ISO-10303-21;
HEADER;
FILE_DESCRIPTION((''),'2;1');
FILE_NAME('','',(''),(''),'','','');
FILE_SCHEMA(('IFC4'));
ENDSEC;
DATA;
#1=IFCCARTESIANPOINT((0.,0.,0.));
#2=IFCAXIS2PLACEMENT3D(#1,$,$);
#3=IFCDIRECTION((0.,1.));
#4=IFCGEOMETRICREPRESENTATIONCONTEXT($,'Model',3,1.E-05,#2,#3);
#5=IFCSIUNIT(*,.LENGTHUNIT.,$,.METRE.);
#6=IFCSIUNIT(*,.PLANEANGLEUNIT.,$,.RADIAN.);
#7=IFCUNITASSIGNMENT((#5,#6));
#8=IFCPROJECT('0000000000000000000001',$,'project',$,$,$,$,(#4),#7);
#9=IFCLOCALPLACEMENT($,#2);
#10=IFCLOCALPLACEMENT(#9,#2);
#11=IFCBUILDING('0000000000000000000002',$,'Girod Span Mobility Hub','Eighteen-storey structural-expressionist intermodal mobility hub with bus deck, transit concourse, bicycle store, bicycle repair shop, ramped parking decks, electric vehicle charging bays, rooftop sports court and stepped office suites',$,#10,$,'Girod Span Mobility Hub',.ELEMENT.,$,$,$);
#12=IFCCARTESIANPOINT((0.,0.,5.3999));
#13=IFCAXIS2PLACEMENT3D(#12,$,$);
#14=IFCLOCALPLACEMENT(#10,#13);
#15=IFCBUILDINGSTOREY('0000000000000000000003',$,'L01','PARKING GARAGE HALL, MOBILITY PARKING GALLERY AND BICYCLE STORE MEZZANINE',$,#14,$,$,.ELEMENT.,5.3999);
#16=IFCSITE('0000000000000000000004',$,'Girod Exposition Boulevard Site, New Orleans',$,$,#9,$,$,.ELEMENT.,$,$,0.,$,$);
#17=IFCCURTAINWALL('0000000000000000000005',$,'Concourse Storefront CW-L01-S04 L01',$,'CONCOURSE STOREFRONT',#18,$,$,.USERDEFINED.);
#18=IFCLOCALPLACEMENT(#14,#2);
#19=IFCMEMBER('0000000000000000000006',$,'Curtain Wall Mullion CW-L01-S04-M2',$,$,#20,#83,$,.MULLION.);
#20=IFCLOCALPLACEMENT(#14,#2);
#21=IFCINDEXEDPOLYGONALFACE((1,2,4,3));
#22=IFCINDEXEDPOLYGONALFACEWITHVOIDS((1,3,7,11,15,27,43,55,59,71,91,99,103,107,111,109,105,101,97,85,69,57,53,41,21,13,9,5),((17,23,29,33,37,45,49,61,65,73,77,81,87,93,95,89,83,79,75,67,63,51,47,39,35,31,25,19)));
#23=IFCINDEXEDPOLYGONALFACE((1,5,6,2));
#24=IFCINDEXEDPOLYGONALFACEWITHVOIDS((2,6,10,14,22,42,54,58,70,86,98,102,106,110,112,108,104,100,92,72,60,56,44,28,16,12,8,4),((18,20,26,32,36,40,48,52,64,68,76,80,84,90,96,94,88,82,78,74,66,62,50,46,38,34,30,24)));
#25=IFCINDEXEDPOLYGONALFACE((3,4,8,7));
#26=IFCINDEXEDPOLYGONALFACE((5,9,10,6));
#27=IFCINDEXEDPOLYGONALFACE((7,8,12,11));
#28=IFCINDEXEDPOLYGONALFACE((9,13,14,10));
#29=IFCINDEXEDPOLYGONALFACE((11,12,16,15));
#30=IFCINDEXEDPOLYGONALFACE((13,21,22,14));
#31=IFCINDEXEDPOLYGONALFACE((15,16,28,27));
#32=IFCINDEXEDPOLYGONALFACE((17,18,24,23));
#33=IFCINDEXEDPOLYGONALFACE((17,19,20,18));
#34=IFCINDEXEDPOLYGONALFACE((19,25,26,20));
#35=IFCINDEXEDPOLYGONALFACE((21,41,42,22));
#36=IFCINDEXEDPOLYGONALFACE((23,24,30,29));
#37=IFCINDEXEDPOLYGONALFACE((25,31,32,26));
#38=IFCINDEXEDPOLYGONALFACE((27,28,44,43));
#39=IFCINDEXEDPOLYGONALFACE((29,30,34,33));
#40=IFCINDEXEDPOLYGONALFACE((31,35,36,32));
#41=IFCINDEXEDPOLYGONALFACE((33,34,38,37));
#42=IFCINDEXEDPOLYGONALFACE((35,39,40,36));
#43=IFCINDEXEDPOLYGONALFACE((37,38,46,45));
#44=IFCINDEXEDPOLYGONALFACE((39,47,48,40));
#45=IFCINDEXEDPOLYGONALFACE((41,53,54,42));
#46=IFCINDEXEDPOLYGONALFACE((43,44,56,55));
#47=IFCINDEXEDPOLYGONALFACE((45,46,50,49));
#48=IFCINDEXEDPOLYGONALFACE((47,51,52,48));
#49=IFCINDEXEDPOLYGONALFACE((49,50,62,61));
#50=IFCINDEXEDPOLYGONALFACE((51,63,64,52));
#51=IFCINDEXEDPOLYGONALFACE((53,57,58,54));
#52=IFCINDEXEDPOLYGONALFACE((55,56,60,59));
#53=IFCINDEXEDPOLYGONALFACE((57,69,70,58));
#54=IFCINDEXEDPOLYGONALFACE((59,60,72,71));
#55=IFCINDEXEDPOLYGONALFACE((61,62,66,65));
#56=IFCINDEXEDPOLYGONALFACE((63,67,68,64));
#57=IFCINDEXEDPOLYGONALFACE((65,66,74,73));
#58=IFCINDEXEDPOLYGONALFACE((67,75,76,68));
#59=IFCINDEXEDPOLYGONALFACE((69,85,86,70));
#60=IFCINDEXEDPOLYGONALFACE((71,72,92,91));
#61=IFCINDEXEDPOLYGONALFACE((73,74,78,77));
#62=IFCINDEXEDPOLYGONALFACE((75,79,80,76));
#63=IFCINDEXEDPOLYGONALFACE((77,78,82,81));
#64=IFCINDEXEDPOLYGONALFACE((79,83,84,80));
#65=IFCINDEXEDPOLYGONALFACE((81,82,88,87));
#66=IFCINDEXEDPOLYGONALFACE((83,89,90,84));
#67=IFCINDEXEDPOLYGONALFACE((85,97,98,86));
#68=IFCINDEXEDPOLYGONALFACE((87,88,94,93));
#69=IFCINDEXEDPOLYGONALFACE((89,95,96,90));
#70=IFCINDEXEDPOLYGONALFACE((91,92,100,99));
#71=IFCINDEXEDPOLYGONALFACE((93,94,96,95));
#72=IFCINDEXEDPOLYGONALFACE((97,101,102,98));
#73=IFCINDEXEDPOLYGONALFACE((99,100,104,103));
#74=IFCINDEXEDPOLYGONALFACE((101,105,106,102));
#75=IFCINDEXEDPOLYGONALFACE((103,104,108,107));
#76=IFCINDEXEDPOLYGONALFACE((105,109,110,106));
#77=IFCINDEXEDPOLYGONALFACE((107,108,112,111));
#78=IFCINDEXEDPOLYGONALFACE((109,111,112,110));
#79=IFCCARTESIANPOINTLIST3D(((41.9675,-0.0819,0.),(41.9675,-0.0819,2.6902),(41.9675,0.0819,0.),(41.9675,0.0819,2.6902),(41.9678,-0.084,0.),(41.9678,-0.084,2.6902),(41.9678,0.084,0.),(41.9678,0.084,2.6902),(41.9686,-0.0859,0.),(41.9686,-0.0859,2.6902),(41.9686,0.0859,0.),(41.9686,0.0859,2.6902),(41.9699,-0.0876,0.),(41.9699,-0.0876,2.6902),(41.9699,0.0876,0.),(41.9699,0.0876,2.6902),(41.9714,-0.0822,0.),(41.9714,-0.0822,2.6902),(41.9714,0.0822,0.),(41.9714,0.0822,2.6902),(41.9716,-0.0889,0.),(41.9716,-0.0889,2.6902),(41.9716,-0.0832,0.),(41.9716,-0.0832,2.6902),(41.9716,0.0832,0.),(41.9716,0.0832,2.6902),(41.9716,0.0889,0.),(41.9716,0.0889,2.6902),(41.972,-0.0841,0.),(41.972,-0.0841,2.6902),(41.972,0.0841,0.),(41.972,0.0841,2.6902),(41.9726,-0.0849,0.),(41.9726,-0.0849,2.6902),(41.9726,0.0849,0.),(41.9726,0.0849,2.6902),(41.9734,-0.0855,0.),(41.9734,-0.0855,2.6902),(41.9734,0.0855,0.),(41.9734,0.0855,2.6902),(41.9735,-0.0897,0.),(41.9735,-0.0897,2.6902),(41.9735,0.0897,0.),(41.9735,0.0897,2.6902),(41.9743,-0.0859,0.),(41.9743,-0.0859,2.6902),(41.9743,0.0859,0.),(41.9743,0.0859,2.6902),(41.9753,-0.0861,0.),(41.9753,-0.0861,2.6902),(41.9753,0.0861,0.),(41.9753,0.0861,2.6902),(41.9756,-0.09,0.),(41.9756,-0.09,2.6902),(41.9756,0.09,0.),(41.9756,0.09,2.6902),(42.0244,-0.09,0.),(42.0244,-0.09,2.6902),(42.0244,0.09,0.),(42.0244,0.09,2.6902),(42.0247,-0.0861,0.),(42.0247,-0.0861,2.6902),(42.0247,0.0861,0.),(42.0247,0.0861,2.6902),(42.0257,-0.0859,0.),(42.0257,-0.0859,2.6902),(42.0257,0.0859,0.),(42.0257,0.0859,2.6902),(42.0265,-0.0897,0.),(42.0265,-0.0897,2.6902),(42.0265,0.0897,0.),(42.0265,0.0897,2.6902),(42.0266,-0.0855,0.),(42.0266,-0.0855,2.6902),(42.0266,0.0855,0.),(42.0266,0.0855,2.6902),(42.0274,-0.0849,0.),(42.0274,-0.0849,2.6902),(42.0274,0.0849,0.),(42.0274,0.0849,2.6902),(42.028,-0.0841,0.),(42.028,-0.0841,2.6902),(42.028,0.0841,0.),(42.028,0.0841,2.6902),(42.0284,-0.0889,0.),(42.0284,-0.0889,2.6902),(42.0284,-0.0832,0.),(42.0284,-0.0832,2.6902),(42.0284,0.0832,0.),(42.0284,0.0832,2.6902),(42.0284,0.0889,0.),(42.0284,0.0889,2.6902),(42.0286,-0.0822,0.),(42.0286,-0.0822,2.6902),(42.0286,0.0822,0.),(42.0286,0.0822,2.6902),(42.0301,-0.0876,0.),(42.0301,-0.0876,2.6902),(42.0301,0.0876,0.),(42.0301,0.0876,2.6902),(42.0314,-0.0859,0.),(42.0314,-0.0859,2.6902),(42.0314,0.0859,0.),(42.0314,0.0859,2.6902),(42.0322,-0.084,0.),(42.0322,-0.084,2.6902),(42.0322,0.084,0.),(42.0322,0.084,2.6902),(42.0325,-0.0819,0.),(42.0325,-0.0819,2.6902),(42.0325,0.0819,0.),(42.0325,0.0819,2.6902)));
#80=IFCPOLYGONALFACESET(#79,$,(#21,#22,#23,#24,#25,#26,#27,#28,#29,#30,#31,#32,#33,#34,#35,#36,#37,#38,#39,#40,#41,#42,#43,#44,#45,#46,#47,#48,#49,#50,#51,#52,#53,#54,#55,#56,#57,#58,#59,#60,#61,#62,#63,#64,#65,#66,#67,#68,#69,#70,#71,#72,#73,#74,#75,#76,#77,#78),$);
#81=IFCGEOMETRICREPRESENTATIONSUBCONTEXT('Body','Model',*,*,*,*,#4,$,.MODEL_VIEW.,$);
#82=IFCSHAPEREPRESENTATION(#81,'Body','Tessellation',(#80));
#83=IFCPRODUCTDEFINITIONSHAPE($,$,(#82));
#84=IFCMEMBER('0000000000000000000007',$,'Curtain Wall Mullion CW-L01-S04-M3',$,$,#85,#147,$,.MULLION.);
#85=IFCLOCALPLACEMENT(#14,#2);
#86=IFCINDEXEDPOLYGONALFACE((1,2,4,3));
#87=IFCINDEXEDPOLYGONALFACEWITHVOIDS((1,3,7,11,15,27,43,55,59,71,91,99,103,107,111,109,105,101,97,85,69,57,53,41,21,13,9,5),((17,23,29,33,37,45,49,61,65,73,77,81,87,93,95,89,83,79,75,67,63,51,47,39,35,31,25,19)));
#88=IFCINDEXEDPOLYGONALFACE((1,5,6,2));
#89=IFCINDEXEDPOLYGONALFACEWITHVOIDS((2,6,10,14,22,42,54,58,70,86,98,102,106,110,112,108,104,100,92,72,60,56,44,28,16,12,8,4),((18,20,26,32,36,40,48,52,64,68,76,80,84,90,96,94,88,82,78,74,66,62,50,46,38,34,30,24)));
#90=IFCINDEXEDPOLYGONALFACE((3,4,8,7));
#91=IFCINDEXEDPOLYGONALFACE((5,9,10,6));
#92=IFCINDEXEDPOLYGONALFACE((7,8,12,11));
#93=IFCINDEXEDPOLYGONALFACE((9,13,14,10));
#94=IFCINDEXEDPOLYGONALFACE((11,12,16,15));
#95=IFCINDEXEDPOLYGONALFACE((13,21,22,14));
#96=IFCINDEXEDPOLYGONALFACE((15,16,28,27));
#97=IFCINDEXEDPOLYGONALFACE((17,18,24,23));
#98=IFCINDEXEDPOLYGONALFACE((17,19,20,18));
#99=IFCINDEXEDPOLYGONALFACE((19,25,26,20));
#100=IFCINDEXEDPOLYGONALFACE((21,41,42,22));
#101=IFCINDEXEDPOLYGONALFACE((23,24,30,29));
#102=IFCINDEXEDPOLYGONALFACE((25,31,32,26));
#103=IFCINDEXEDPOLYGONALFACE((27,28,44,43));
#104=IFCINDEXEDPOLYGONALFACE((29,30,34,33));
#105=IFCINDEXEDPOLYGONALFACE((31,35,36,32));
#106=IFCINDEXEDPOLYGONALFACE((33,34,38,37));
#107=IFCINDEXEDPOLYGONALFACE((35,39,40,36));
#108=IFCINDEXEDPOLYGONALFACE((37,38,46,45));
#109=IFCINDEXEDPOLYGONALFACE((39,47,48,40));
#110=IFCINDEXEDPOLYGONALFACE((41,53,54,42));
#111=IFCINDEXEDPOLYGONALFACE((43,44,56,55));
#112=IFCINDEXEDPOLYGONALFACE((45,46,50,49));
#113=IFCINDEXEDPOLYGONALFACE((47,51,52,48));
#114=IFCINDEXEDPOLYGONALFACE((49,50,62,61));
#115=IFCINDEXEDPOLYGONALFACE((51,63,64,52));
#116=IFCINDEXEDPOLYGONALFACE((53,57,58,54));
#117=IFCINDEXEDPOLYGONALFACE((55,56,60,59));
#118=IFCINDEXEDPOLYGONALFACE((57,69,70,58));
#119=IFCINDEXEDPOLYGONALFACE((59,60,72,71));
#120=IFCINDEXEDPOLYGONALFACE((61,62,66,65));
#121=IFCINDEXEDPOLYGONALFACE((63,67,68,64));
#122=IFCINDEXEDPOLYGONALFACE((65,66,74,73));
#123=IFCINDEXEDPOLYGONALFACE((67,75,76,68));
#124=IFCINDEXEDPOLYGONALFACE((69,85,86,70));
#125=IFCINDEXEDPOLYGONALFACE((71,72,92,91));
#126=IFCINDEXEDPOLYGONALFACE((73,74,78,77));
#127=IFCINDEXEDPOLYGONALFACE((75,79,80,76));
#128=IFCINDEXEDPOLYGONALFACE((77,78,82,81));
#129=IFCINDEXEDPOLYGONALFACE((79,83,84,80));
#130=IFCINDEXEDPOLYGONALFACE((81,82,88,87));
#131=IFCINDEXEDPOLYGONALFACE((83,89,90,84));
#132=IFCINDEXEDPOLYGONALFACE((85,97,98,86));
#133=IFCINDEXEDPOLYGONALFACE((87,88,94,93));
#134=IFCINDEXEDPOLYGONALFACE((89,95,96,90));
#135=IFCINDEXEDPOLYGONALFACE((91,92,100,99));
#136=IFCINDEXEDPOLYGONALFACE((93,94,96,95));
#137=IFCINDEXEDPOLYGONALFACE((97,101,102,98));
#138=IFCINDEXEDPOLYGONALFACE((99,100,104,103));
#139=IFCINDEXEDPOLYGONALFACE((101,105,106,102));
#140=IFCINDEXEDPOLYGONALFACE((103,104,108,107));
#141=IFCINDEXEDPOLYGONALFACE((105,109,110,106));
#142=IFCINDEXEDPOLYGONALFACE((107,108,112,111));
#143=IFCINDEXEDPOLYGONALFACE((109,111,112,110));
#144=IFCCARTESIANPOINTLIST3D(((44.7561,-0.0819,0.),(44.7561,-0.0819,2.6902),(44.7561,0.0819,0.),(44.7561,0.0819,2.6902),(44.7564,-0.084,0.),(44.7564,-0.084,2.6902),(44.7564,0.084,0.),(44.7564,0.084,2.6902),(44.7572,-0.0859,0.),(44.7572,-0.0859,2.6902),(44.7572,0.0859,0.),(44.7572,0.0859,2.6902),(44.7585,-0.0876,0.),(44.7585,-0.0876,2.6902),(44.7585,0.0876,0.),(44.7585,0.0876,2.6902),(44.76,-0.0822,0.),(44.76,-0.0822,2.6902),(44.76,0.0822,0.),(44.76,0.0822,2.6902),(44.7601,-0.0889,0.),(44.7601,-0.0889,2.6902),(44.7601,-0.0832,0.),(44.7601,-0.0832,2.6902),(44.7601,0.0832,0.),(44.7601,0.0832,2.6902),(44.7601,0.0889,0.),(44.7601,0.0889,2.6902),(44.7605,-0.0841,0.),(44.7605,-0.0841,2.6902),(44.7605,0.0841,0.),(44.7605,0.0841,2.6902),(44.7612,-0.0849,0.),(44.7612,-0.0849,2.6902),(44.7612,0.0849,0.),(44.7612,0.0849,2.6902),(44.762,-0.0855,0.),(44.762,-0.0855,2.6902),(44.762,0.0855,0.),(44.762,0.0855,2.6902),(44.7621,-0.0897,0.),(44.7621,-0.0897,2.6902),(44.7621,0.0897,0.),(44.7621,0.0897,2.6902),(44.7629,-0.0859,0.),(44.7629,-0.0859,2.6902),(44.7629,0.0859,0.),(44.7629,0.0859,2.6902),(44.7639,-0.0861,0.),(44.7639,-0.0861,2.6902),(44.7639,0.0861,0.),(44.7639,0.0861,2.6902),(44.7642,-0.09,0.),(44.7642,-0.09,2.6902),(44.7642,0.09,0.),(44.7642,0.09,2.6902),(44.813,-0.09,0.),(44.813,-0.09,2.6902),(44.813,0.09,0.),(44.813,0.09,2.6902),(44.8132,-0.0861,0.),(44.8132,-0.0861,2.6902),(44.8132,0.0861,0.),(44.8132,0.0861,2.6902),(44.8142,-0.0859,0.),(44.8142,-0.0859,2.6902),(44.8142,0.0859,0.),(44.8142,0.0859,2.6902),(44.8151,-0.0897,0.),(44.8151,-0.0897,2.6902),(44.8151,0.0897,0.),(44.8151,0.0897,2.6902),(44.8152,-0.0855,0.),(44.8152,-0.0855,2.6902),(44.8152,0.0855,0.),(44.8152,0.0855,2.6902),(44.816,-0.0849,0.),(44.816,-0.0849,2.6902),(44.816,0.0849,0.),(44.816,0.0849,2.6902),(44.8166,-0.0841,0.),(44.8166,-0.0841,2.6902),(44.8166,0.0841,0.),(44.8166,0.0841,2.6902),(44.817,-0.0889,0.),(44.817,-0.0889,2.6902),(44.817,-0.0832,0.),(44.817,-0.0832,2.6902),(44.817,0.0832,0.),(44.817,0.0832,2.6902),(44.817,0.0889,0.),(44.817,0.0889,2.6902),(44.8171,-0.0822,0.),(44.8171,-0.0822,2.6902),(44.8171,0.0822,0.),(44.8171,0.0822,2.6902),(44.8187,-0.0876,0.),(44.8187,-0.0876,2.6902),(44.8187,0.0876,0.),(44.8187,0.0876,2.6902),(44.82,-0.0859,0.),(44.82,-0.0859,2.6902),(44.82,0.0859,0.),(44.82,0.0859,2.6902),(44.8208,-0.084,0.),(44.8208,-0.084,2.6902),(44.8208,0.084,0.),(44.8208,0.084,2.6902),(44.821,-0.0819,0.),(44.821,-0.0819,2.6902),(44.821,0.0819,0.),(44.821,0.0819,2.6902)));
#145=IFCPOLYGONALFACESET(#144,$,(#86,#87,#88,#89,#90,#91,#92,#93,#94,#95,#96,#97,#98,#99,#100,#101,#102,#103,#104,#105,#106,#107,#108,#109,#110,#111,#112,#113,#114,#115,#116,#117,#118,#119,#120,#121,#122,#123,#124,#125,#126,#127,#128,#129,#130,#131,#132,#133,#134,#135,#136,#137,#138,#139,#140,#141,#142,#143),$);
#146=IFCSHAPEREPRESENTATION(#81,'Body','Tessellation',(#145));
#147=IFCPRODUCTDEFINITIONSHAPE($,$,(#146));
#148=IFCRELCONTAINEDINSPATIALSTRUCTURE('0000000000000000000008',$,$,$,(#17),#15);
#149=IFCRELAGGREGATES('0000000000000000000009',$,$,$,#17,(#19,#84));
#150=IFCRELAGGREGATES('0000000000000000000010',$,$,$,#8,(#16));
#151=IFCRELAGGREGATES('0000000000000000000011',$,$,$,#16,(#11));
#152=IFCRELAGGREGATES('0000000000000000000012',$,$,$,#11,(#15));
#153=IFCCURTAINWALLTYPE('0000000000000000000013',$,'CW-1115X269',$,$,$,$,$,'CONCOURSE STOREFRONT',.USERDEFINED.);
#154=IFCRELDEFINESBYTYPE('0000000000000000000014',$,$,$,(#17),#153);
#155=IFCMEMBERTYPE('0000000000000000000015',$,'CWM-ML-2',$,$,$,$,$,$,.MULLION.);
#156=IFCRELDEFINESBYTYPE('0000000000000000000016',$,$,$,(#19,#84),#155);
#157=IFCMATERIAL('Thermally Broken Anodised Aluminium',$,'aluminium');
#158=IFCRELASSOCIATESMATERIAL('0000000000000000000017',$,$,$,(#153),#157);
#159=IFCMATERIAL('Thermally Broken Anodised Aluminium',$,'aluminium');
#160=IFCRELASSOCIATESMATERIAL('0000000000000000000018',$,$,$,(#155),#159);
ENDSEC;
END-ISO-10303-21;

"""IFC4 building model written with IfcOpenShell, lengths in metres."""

from ifc_helpers import new_model, si_unit, direction, frame, origin, origin_2d, place, context, subcontext, project, spatial, hollow_rectangle, extrude, material, material_profile, profile_set, type_object, element, aggregate, save


model = new_model("IFC4")

# Units and contexts
model_context = context("Model", 3, precision=1e-05, world=origin(), true_north=direction((0.0, 1.0)))
body_context = subcontext(model_context, "Body", "Model", "MODEL_VIEW")
ifc_project = project(units=[si_unit("LENGTHUNIT", "METRE"), si_unit("PLANEANGLEUNIT", "RADIAN")], contexts=[model_context])

# Site, building, storey
site_placement = place(None, origin())
site = spatial("IfcSite", under=ifc_project, at=site_placement, Name="Girod Exposition Boulevard Site, New Orleans", CompositionType="ELEMENT", RefElevation=0.0)
building_placement = place(site_placement, origin())
building = spatial("IfcBuilding", under=site, at=building_placement, Name="Girod Span Mobility Hub", Description="Eighteen-storey structural-expressionist intermodal mobility hub with bus deck, transit concourse, bicycle store, bicycle repair shop, ramped parking decks, electric vehicle charging bays, rooftop sports court and stepped office suites", LongName="Girod Span Mobility Hub", CompositionType="ELEMENT")
storey_placement = place(building_placement, frame((0.0, 0.0, 5.3999)))
storey = spatial("IfcBuildingStorey", under=building, at=storey_placement, Name="L01", Description="PARKING GARAGE HALL, MOBILITY PARKING GALLERY AND BICYCLE STORE MEZZANINE", CompositionType="ELEMENT", Elevation=5.3999)

# Curtain wall, members
ifc_material_1 = material(Name="Thermally Broken Anodised Aluminium", Category="aluminium")
curtain_wall_type = type_object("IfcCurtainWallType", Name="CW-1115X269", ElementType="CONCOURSE STOREFRONT", PredefinedType="USERDEFINED", material=ifc_material_1)
curtain_wall_placement = place(storey_placement, origin())
curtain_wall = element("IfcCurtainWall", 1, at=curtain_wall_placement, inside=storey, type_object=curtain_wall_type, Name="Concourse Storefront CW-L01-S04 L01", ObjectType="CONCOURSE STOREFRONT", PredefinedType="USERDEFINED")
ifc_material_2 = material(Name="Thermally Broken Anodised Aluminium", Category="aluminium")
ifc_material_profile_1 = material_profile(ifc_material_2, hollow_rectangle(XDim=0.1799, YDim=0.0649, WallThickness=0.0039, InnerFilletRadius=0.0039, OuterFilletRadius=0.0081, at=origin_2d()), Name="CW-ML-65X180")
ifc_profile_set_1 = profile_set([ifc_material_profile_1], Name="Thermally Broken Anodised Aluminium")
member_type_1 = type_object("IfcMemberType", Name="CWM-ML-2", PredefinedType="MULLION", material=ifc_profile_set_1)
member_1_placement = place(storey_placement, frame((42.0, 0.0, 0.0), z_axis=(0.0, 0.0, 1.0), x_axis=(0.0, 1.0, 0.0)))
member_1 = element("IfcMember", 2, at=member_1_placement, type_object=member_type_1, Name="Curtain Wall Mullion CW-L01-S04-M2", PredefinedType="MULLION", context=body_context, shape_type="SweptSolid", body=[
    extrude(hollow_rectangle(XDim=0.1799, YDim=0.0649, WallThickness=0.0039, InnerFilletRadius=0.0039, OuterFilletRadius=0.0081, at=origin_2d()), origin(), (0.0, 0.0, 1.0), 2.6902),
])
member_2_placement = place(storey_placement, frame((44.7886, 0.0, 0.0), z_axis=(0.0, 0.0, 1.0), x_axis=(0.0, 1.0, 0.0)))
member_2 = element("IfcMember", 3, at=member_2_placement, type_object=member_type_1, Name="Curtain Wall Mullion CW-L01-S04-M3", PredefinedType="MULLION", context=body_context, shape_type="SweptSolid", body=[
    extrude(hollow_rectangle(XDim=0.1799, YDim=0.0649, WallThickness=0.0039, InnerFilletRadius=0.0039, OuterFilletRadius=0.0081, at=origin_2d()), origin(), (0.0, 0.0, 1.0), 2.6902),
])

aggregate(curtain_wall, [member_1, member_2])

save(model, "model.ifc")
